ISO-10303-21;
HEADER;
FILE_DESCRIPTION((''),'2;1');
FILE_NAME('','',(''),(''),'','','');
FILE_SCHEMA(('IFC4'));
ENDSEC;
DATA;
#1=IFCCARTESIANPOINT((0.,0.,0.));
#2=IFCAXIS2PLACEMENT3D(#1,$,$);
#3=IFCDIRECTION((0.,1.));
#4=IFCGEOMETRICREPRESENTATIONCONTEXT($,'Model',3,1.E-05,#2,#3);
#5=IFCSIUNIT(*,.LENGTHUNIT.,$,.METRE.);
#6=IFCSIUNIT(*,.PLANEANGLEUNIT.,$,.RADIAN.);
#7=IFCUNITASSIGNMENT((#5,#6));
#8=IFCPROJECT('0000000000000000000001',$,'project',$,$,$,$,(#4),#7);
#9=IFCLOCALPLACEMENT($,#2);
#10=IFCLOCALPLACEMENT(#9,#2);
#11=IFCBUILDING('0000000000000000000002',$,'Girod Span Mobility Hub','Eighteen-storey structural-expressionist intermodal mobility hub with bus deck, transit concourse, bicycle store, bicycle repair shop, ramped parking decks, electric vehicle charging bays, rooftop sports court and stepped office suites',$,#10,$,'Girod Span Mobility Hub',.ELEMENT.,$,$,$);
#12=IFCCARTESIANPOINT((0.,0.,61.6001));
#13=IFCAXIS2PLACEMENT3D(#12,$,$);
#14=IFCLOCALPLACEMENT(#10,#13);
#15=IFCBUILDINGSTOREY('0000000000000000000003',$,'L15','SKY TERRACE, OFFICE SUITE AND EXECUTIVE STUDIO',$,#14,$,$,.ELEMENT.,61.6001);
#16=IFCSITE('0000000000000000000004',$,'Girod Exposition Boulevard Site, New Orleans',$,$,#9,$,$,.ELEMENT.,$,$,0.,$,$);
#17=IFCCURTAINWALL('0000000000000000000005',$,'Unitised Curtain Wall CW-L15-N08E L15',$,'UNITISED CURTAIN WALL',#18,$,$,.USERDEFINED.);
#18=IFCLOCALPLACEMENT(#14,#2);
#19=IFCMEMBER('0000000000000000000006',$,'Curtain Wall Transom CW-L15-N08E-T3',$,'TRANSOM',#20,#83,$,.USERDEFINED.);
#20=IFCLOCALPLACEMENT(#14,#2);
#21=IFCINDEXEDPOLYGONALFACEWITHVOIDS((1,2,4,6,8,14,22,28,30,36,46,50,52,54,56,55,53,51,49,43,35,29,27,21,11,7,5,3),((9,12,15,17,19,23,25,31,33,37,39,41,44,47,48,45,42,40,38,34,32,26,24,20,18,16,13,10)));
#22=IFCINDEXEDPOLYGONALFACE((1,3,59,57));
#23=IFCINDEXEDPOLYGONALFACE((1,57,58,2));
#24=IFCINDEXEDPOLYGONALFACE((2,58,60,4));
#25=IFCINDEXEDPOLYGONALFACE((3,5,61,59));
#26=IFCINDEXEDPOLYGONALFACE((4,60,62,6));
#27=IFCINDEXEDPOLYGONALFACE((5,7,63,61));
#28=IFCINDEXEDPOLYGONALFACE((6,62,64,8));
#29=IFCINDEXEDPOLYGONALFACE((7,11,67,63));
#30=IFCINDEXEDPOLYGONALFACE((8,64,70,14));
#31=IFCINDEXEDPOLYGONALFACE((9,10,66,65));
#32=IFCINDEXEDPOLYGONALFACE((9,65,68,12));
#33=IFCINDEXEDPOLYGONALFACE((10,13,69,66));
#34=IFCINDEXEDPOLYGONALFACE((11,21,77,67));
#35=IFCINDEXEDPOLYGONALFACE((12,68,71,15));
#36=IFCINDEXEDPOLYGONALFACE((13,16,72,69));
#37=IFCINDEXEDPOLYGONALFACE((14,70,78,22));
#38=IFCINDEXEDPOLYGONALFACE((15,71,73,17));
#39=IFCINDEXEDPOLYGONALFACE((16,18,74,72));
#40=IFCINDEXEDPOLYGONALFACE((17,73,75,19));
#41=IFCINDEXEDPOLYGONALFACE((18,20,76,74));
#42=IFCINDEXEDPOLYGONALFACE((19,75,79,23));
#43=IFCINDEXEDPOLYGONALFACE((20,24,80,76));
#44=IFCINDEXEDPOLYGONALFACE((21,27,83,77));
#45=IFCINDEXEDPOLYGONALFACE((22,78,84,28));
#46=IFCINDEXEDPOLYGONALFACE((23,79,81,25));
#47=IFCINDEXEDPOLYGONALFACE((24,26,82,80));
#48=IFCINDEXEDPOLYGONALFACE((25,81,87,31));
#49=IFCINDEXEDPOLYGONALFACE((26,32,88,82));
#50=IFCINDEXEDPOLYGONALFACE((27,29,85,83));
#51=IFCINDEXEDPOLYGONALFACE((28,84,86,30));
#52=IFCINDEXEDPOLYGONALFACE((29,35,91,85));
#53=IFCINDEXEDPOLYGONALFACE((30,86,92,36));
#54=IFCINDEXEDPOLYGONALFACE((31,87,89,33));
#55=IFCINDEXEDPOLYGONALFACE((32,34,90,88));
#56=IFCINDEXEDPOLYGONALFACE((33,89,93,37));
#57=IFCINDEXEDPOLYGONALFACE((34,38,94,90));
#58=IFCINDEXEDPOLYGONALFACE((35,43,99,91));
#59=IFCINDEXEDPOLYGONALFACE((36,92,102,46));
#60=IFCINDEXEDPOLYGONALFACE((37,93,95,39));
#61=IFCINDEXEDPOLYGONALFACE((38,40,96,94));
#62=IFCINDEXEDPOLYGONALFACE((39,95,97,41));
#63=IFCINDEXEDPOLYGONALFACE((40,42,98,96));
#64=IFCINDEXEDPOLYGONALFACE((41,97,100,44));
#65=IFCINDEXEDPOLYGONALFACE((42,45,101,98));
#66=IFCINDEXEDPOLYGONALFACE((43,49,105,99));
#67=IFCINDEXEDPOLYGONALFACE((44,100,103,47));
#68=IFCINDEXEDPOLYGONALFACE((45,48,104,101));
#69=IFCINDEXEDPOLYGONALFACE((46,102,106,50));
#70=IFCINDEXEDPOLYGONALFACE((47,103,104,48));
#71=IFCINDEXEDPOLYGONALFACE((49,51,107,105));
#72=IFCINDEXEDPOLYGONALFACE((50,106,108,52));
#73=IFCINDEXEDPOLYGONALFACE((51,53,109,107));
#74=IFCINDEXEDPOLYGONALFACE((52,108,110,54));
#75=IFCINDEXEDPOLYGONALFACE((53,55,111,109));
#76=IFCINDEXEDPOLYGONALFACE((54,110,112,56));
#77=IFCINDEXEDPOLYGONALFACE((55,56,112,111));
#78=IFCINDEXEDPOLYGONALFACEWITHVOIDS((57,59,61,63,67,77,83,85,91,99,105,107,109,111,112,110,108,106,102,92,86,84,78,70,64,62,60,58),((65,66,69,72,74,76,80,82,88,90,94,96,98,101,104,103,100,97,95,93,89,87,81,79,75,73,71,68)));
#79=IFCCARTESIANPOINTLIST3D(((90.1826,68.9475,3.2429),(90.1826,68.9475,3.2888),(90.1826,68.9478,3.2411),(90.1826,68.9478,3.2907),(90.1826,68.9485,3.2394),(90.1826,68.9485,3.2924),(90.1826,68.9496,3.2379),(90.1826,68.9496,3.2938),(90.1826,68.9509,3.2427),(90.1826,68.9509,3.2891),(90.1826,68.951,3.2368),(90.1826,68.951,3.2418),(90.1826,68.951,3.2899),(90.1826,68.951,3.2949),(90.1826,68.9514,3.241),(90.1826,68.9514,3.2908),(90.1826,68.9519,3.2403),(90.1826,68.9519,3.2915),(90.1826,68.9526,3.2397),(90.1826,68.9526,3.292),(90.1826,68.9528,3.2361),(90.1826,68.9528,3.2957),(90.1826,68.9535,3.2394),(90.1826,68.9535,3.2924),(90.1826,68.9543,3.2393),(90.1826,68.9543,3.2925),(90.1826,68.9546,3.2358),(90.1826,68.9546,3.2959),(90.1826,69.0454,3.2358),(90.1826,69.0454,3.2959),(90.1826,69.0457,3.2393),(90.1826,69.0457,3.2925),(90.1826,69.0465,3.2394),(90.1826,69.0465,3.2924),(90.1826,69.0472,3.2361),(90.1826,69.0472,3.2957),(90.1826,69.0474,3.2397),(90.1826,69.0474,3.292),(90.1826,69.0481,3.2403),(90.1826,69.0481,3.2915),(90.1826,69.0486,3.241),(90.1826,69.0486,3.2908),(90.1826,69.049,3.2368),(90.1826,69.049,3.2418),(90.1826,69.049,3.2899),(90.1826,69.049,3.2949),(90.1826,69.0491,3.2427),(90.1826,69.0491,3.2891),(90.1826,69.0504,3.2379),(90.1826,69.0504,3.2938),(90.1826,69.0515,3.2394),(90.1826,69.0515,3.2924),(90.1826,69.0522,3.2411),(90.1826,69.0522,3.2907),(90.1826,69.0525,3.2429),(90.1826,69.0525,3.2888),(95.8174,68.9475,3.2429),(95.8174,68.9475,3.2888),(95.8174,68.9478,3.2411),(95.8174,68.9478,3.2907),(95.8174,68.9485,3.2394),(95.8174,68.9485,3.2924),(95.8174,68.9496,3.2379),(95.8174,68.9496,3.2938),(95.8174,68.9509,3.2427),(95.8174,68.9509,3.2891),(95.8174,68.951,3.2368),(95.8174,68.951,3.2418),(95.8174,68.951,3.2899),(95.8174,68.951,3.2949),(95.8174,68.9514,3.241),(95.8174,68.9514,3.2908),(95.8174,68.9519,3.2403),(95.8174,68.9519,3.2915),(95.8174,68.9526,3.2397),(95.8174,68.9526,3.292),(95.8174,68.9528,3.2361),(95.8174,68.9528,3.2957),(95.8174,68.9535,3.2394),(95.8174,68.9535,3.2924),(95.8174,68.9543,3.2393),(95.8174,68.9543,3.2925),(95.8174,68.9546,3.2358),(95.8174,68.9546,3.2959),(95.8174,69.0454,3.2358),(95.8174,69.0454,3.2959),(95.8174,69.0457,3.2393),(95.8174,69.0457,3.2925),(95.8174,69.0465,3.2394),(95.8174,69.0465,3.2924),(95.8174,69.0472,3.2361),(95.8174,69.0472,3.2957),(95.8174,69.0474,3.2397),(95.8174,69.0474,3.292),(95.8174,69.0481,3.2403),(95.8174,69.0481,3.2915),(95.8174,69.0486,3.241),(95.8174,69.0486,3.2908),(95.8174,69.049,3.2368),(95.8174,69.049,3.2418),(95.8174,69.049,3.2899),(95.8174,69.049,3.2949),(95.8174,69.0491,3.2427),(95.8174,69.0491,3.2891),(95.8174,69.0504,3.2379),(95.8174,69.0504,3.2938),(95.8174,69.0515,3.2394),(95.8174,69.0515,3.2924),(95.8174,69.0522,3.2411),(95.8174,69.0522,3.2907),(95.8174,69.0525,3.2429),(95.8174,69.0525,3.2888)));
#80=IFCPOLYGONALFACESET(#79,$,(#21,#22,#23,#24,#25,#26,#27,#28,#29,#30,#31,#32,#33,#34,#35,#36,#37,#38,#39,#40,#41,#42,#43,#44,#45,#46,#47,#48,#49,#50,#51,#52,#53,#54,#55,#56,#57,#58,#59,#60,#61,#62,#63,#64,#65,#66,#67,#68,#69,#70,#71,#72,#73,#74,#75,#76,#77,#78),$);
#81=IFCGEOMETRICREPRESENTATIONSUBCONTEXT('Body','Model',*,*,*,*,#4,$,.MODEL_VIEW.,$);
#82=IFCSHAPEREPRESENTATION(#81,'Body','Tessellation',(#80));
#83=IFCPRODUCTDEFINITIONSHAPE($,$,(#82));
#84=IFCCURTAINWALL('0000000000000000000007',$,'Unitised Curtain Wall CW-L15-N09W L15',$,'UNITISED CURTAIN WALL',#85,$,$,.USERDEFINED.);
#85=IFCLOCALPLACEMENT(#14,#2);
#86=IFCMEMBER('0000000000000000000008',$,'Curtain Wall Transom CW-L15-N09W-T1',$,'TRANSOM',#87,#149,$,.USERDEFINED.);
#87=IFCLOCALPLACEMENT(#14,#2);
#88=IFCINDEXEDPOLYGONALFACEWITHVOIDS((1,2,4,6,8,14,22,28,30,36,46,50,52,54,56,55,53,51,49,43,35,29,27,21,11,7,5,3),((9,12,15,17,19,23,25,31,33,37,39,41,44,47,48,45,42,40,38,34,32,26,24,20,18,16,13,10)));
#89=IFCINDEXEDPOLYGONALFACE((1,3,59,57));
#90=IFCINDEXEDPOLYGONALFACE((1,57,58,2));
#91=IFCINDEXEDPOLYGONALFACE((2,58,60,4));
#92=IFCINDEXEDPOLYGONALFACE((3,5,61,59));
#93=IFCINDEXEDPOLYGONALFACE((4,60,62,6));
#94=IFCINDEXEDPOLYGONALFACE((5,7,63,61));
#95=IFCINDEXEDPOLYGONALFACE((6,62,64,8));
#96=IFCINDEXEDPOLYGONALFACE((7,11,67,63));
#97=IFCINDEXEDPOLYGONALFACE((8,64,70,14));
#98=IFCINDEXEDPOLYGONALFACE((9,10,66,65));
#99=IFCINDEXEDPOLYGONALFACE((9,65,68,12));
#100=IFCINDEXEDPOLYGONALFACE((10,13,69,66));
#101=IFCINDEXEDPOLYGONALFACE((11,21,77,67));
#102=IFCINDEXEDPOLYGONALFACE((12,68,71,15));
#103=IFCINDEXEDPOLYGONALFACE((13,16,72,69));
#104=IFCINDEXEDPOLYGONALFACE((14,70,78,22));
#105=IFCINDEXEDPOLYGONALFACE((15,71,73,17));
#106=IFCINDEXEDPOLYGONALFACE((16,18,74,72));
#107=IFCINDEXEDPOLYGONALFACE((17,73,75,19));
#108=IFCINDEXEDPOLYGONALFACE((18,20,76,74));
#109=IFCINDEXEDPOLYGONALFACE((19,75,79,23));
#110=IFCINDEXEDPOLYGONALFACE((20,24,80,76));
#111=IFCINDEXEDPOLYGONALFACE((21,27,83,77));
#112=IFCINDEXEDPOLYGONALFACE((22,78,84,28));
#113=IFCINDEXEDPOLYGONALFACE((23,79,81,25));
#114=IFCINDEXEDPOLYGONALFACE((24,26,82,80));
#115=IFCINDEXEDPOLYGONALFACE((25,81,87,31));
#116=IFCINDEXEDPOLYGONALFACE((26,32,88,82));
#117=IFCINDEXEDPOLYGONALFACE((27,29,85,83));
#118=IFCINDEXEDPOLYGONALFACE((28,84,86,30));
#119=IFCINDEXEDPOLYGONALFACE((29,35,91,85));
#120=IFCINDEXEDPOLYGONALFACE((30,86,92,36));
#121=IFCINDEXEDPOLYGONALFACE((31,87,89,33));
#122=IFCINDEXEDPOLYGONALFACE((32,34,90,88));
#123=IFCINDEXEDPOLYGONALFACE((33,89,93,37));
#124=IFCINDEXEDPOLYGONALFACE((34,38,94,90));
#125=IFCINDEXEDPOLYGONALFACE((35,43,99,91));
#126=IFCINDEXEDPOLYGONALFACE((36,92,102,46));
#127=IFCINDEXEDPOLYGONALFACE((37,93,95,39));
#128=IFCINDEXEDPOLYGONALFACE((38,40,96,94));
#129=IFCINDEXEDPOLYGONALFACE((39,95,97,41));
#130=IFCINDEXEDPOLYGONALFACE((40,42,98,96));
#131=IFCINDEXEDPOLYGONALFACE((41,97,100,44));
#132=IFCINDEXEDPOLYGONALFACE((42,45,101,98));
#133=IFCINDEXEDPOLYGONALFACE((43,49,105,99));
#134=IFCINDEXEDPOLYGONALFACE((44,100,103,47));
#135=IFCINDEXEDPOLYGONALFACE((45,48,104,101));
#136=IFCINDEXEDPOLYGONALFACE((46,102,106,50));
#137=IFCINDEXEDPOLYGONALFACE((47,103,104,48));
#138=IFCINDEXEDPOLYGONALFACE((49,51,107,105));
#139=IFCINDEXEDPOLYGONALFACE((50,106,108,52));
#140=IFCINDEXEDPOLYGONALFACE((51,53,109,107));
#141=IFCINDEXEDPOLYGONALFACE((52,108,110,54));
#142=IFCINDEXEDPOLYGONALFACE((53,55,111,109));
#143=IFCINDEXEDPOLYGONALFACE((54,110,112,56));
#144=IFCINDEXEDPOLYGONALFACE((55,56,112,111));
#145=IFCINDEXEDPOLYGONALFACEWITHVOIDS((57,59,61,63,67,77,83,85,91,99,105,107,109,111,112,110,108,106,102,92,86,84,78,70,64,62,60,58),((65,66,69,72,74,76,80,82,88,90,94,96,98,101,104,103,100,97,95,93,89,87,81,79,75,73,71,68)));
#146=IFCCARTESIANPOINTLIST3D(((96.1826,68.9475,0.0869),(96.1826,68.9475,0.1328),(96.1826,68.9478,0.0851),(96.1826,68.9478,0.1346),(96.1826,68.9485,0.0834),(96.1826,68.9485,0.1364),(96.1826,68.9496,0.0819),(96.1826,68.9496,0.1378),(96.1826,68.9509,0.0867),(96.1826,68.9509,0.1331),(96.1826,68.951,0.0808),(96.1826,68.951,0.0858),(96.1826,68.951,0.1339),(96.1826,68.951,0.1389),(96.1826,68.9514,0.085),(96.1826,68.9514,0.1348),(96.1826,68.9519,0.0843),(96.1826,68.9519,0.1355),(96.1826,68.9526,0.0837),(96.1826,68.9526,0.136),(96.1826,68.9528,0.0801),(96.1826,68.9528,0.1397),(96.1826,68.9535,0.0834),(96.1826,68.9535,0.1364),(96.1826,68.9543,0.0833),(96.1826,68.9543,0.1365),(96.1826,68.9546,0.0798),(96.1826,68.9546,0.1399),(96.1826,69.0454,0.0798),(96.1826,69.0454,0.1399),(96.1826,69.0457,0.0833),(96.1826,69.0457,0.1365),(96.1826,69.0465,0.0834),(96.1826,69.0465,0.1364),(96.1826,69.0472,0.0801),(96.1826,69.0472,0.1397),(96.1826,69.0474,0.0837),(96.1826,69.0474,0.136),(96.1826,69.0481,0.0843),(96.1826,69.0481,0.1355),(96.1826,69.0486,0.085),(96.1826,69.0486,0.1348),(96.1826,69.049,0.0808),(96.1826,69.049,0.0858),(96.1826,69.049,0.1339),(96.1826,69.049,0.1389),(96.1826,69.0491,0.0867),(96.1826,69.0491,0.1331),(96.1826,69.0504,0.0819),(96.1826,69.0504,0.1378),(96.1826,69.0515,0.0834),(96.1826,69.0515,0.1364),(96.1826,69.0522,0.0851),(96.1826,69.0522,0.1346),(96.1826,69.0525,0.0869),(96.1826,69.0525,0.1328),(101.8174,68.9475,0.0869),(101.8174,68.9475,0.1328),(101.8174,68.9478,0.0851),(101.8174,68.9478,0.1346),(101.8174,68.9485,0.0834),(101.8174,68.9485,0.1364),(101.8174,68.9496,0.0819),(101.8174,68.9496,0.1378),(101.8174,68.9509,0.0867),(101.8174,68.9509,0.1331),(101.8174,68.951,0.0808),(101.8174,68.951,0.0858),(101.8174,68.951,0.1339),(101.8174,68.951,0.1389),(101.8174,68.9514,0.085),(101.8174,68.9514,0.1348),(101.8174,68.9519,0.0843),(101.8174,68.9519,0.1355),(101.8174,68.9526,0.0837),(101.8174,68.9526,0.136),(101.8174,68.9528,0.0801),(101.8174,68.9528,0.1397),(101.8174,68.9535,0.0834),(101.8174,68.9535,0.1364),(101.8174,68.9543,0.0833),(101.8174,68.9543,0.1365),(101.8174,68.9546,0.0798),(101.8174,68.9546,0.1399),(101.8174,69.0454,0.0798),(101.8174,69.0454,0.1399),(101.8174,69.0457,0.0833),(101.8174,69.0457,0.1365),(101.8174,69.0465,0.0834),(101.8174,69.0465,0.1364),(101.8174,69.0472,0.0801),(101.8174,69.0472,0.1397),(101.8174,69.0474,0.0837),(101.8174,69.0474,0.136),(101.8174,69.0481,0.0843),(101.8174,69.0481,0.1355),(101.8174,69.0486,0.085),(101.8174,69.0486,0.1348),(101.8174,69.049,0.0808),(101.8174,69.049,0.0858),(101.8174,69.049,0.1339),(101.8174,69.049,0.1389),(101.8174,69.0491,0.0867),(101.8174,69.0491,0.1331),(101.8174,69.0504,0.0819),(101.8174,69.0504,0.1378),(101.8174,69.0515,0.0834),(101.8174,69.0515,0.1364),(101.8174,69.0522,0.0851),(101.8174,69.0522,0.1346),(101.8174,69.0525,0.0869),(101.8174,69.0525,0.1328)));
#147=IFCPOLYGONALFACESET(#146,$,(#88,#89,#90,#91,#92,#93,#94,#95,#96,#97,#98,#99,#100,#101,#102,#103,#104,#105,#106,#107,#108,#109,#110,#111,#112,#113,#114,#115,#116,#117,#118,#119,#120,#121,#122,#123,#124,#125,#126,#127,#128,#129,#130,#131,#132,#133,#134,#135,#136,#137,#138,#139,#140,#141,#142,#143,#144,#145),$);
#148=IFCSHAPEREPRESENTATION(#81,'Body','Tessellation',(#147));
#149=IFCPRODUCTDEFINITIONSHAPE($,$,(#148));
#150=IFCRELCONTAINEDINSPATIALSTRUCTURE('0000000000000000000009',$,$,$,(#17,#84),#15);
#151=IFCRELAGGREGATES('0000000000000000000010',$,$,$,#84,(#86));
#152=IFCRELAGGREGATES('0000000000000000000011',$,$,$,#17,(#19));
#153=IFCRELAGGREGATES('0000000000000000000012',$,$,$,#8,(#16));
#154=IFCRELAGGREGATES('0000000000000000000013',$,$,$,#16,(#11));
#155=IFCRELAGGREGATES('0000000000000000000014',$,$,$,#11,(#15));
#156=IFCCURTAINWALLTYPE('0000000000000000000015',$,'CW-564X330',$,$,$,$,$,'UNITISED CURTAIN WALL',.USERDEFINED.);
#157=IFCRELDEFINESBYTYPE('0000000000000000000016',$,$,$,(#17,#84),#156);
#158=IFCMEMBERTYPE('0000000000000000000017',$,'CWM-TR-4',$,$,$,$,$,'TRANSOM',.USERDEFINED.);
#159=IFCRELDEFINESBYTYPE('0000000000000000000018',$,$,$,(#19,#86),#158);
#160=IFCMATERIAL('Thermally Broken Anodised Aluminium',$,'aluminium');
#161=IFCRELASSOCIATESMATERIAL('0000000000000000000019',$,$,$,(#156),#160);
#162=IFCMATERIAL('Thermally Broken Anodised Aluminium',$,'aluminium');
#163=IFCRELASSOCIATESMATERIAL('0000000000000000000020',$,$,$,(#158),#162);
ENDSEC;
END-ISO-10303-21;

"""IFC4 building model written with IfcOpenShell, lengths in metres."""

from ifc_helpers import new_model, si_unit, direction, frame, origin, origin_2d, place, context, subcontext, project, spatial, hollow_rectangle, extrude, material, material_profile, profile_set, type_object, element, aggregate, save


model = new_model("IFC4")

# Units and contexts
model_context = context("Model", 3, precision=1e-05, world=origin(), true_north=direction((0.0, 1.0)))
body_context = subcontext(model_context, "Body", "Model", "MODEL_VIEW")
ifc_project = project(units=[si_unit("LENGTHUNIT", "METRE"), si_unit("PLANEANGLEUNIT", "RADIAN")], contexts=[model_context])

# Site, building, storey
site_placement = place(None, origin())
site = spatial("IfcSite", under=ifc_project, at=site_placement, Name="Girod Exposition Boulevard Site, New Orleans", CompositionType="ELEMENT", RefElevation=0.0)
building_placement = place(site_placement, origin())
building = spatial("IfcBuilding", under=site, at=building_placement, Name="Girod Span Mobility Hub", Description="Eighteen-storey structural-expressionist intermodal mobility hub with bus deck, transit concourse, bicycle store, bicycle repair shop, ramped parking decks, electric vehicle charging bays, rooftop sports court and stepped office suites", LongName="Girod Span Mobility Hub", CompositionType="ELEMENT")
storey_placement = place(building_placement, frame((0.0, 0.0, 61.6001)))
storey = spatial("IfcBuildingStorey", under=building, at=storey_placement, Name="L15", Description="SKY TERRACE, OFFICE SUITE AND EXECUTIVE STUDIO", CompositionType="ELEMENT", Elevation=61.6001)

# Curtain wall
ifc_material_1 = material(Name="Thermally Broken Anodised Aluminium", Category="aluminium")
curtain_wall_type = type_object("IfcCurtainWallType", Name="CW-564X330", ElementType="UNITISED CURTAIN WALL", PredefinedType="USERDEFINED", material=ifc_material_1)
curtain_wall_1_placement = place(storey_placement, origin())
curtain_wall_1 = element("IfcCurtainWall", 1, at=curtain_wall_1_placement, inside=storey, type_object=curtain_wall_type, Name="Unitised Curtain Wall CW-L15-N08E L15", ObjectType="UNITISED CURTAIN WALL", PredefinedType="USERDEFINED")

# Member
ifc_material_2 = material(Name="Thermally Broken Anodised Aluminium", Category="aluminium")
ifc_material_profile_1 = material_profile(ifc_material_2, hollow_rectangle(XDim=0.105, YDim=0.0601, WallThickness=0.0034, InnerFilletRadius=0.0034, OuterFilletRadius=0.0071, at=origin_2d()), Name="CW-TR-60X105")
ifc_profile_set_1 = profile_set([ifc_material_profile_1], Name="Thermally Broken Anodised Aluminium")
member_type_1 = type_object("IfcMemberType", Name="CWM-TR-4", ElementType="TRANSOM", PredefinedType="USERDEFINED", material=ifc_profile_set_1)
member_1_placement = place(storey_placement, frame((90.1826, 69.0, 3.2659), z_axis=(1.0, 0.0, 0.0), x_axis=(0.0, 1.0, 0.0)))
member_1 = element("IfcMember", 2, at=member_1_placement, type_object=member_type_1, Name="Curtain Wall Transom CW-L15-N08E-T3", ObjectType="TRANSOM", PredefinedType="USERDEFINED", context=body_context, shape_type="SweptSolid", body=[
    extrude(hollow_rectangle(XDim=0.105, YDim=0.0601, WallThickness=0.0034, InnerFilletRadius=0.0034, OuterFilletRadius=0.0071, at=origin_2d()), origin(), (0.0, 0.0, 1.0), 5.6348),
])

# Curtain wall, member
curtain_wall_2_placement = place(storey_placement, origin())
curtain_wall_2 = element("IfcCurtainWall", 3, at=curtain_wall_2_placement, inside=storey, type_object=curtain_wall_type, Name="Unitised Curtain Wall CW-L15-N09W L15", ObjectType="UNITISED CURTAIN WALL", PredefinedType="USERDEFINED")
member_2_placement = place(storey_placement, frame((96.1826, 69.0, 0.1099), z_axis=(1.0, 0.0, 0.0), x_axis=(0.0, 1.0, 0.0)))
member_2 = element("IfcMember", 4, at=member_2_placement, type_object=member_type_1, Name="Curtain Wall Transom CW-L15-N09W-T1", ObjectType="TRANSOM", PredefinedType="USERDEFINED", context=body_context, shape_type="SweptSolid", body=[
    extrude(hollow_rectangle(XDim=0.105, YDim=0.0601, WallThickness=0.0034, InnerFilletRadius=0.0034, OuterFilletRadius=0.0071, at=origin_2d()), origin(), (0.0, 0.0, 1.0), 5.6348),
])
aggregate(curtain_wall_2, [member_2])

aggregate(curtain_wall_1, [member_1])

save(model, "model.ifc")
